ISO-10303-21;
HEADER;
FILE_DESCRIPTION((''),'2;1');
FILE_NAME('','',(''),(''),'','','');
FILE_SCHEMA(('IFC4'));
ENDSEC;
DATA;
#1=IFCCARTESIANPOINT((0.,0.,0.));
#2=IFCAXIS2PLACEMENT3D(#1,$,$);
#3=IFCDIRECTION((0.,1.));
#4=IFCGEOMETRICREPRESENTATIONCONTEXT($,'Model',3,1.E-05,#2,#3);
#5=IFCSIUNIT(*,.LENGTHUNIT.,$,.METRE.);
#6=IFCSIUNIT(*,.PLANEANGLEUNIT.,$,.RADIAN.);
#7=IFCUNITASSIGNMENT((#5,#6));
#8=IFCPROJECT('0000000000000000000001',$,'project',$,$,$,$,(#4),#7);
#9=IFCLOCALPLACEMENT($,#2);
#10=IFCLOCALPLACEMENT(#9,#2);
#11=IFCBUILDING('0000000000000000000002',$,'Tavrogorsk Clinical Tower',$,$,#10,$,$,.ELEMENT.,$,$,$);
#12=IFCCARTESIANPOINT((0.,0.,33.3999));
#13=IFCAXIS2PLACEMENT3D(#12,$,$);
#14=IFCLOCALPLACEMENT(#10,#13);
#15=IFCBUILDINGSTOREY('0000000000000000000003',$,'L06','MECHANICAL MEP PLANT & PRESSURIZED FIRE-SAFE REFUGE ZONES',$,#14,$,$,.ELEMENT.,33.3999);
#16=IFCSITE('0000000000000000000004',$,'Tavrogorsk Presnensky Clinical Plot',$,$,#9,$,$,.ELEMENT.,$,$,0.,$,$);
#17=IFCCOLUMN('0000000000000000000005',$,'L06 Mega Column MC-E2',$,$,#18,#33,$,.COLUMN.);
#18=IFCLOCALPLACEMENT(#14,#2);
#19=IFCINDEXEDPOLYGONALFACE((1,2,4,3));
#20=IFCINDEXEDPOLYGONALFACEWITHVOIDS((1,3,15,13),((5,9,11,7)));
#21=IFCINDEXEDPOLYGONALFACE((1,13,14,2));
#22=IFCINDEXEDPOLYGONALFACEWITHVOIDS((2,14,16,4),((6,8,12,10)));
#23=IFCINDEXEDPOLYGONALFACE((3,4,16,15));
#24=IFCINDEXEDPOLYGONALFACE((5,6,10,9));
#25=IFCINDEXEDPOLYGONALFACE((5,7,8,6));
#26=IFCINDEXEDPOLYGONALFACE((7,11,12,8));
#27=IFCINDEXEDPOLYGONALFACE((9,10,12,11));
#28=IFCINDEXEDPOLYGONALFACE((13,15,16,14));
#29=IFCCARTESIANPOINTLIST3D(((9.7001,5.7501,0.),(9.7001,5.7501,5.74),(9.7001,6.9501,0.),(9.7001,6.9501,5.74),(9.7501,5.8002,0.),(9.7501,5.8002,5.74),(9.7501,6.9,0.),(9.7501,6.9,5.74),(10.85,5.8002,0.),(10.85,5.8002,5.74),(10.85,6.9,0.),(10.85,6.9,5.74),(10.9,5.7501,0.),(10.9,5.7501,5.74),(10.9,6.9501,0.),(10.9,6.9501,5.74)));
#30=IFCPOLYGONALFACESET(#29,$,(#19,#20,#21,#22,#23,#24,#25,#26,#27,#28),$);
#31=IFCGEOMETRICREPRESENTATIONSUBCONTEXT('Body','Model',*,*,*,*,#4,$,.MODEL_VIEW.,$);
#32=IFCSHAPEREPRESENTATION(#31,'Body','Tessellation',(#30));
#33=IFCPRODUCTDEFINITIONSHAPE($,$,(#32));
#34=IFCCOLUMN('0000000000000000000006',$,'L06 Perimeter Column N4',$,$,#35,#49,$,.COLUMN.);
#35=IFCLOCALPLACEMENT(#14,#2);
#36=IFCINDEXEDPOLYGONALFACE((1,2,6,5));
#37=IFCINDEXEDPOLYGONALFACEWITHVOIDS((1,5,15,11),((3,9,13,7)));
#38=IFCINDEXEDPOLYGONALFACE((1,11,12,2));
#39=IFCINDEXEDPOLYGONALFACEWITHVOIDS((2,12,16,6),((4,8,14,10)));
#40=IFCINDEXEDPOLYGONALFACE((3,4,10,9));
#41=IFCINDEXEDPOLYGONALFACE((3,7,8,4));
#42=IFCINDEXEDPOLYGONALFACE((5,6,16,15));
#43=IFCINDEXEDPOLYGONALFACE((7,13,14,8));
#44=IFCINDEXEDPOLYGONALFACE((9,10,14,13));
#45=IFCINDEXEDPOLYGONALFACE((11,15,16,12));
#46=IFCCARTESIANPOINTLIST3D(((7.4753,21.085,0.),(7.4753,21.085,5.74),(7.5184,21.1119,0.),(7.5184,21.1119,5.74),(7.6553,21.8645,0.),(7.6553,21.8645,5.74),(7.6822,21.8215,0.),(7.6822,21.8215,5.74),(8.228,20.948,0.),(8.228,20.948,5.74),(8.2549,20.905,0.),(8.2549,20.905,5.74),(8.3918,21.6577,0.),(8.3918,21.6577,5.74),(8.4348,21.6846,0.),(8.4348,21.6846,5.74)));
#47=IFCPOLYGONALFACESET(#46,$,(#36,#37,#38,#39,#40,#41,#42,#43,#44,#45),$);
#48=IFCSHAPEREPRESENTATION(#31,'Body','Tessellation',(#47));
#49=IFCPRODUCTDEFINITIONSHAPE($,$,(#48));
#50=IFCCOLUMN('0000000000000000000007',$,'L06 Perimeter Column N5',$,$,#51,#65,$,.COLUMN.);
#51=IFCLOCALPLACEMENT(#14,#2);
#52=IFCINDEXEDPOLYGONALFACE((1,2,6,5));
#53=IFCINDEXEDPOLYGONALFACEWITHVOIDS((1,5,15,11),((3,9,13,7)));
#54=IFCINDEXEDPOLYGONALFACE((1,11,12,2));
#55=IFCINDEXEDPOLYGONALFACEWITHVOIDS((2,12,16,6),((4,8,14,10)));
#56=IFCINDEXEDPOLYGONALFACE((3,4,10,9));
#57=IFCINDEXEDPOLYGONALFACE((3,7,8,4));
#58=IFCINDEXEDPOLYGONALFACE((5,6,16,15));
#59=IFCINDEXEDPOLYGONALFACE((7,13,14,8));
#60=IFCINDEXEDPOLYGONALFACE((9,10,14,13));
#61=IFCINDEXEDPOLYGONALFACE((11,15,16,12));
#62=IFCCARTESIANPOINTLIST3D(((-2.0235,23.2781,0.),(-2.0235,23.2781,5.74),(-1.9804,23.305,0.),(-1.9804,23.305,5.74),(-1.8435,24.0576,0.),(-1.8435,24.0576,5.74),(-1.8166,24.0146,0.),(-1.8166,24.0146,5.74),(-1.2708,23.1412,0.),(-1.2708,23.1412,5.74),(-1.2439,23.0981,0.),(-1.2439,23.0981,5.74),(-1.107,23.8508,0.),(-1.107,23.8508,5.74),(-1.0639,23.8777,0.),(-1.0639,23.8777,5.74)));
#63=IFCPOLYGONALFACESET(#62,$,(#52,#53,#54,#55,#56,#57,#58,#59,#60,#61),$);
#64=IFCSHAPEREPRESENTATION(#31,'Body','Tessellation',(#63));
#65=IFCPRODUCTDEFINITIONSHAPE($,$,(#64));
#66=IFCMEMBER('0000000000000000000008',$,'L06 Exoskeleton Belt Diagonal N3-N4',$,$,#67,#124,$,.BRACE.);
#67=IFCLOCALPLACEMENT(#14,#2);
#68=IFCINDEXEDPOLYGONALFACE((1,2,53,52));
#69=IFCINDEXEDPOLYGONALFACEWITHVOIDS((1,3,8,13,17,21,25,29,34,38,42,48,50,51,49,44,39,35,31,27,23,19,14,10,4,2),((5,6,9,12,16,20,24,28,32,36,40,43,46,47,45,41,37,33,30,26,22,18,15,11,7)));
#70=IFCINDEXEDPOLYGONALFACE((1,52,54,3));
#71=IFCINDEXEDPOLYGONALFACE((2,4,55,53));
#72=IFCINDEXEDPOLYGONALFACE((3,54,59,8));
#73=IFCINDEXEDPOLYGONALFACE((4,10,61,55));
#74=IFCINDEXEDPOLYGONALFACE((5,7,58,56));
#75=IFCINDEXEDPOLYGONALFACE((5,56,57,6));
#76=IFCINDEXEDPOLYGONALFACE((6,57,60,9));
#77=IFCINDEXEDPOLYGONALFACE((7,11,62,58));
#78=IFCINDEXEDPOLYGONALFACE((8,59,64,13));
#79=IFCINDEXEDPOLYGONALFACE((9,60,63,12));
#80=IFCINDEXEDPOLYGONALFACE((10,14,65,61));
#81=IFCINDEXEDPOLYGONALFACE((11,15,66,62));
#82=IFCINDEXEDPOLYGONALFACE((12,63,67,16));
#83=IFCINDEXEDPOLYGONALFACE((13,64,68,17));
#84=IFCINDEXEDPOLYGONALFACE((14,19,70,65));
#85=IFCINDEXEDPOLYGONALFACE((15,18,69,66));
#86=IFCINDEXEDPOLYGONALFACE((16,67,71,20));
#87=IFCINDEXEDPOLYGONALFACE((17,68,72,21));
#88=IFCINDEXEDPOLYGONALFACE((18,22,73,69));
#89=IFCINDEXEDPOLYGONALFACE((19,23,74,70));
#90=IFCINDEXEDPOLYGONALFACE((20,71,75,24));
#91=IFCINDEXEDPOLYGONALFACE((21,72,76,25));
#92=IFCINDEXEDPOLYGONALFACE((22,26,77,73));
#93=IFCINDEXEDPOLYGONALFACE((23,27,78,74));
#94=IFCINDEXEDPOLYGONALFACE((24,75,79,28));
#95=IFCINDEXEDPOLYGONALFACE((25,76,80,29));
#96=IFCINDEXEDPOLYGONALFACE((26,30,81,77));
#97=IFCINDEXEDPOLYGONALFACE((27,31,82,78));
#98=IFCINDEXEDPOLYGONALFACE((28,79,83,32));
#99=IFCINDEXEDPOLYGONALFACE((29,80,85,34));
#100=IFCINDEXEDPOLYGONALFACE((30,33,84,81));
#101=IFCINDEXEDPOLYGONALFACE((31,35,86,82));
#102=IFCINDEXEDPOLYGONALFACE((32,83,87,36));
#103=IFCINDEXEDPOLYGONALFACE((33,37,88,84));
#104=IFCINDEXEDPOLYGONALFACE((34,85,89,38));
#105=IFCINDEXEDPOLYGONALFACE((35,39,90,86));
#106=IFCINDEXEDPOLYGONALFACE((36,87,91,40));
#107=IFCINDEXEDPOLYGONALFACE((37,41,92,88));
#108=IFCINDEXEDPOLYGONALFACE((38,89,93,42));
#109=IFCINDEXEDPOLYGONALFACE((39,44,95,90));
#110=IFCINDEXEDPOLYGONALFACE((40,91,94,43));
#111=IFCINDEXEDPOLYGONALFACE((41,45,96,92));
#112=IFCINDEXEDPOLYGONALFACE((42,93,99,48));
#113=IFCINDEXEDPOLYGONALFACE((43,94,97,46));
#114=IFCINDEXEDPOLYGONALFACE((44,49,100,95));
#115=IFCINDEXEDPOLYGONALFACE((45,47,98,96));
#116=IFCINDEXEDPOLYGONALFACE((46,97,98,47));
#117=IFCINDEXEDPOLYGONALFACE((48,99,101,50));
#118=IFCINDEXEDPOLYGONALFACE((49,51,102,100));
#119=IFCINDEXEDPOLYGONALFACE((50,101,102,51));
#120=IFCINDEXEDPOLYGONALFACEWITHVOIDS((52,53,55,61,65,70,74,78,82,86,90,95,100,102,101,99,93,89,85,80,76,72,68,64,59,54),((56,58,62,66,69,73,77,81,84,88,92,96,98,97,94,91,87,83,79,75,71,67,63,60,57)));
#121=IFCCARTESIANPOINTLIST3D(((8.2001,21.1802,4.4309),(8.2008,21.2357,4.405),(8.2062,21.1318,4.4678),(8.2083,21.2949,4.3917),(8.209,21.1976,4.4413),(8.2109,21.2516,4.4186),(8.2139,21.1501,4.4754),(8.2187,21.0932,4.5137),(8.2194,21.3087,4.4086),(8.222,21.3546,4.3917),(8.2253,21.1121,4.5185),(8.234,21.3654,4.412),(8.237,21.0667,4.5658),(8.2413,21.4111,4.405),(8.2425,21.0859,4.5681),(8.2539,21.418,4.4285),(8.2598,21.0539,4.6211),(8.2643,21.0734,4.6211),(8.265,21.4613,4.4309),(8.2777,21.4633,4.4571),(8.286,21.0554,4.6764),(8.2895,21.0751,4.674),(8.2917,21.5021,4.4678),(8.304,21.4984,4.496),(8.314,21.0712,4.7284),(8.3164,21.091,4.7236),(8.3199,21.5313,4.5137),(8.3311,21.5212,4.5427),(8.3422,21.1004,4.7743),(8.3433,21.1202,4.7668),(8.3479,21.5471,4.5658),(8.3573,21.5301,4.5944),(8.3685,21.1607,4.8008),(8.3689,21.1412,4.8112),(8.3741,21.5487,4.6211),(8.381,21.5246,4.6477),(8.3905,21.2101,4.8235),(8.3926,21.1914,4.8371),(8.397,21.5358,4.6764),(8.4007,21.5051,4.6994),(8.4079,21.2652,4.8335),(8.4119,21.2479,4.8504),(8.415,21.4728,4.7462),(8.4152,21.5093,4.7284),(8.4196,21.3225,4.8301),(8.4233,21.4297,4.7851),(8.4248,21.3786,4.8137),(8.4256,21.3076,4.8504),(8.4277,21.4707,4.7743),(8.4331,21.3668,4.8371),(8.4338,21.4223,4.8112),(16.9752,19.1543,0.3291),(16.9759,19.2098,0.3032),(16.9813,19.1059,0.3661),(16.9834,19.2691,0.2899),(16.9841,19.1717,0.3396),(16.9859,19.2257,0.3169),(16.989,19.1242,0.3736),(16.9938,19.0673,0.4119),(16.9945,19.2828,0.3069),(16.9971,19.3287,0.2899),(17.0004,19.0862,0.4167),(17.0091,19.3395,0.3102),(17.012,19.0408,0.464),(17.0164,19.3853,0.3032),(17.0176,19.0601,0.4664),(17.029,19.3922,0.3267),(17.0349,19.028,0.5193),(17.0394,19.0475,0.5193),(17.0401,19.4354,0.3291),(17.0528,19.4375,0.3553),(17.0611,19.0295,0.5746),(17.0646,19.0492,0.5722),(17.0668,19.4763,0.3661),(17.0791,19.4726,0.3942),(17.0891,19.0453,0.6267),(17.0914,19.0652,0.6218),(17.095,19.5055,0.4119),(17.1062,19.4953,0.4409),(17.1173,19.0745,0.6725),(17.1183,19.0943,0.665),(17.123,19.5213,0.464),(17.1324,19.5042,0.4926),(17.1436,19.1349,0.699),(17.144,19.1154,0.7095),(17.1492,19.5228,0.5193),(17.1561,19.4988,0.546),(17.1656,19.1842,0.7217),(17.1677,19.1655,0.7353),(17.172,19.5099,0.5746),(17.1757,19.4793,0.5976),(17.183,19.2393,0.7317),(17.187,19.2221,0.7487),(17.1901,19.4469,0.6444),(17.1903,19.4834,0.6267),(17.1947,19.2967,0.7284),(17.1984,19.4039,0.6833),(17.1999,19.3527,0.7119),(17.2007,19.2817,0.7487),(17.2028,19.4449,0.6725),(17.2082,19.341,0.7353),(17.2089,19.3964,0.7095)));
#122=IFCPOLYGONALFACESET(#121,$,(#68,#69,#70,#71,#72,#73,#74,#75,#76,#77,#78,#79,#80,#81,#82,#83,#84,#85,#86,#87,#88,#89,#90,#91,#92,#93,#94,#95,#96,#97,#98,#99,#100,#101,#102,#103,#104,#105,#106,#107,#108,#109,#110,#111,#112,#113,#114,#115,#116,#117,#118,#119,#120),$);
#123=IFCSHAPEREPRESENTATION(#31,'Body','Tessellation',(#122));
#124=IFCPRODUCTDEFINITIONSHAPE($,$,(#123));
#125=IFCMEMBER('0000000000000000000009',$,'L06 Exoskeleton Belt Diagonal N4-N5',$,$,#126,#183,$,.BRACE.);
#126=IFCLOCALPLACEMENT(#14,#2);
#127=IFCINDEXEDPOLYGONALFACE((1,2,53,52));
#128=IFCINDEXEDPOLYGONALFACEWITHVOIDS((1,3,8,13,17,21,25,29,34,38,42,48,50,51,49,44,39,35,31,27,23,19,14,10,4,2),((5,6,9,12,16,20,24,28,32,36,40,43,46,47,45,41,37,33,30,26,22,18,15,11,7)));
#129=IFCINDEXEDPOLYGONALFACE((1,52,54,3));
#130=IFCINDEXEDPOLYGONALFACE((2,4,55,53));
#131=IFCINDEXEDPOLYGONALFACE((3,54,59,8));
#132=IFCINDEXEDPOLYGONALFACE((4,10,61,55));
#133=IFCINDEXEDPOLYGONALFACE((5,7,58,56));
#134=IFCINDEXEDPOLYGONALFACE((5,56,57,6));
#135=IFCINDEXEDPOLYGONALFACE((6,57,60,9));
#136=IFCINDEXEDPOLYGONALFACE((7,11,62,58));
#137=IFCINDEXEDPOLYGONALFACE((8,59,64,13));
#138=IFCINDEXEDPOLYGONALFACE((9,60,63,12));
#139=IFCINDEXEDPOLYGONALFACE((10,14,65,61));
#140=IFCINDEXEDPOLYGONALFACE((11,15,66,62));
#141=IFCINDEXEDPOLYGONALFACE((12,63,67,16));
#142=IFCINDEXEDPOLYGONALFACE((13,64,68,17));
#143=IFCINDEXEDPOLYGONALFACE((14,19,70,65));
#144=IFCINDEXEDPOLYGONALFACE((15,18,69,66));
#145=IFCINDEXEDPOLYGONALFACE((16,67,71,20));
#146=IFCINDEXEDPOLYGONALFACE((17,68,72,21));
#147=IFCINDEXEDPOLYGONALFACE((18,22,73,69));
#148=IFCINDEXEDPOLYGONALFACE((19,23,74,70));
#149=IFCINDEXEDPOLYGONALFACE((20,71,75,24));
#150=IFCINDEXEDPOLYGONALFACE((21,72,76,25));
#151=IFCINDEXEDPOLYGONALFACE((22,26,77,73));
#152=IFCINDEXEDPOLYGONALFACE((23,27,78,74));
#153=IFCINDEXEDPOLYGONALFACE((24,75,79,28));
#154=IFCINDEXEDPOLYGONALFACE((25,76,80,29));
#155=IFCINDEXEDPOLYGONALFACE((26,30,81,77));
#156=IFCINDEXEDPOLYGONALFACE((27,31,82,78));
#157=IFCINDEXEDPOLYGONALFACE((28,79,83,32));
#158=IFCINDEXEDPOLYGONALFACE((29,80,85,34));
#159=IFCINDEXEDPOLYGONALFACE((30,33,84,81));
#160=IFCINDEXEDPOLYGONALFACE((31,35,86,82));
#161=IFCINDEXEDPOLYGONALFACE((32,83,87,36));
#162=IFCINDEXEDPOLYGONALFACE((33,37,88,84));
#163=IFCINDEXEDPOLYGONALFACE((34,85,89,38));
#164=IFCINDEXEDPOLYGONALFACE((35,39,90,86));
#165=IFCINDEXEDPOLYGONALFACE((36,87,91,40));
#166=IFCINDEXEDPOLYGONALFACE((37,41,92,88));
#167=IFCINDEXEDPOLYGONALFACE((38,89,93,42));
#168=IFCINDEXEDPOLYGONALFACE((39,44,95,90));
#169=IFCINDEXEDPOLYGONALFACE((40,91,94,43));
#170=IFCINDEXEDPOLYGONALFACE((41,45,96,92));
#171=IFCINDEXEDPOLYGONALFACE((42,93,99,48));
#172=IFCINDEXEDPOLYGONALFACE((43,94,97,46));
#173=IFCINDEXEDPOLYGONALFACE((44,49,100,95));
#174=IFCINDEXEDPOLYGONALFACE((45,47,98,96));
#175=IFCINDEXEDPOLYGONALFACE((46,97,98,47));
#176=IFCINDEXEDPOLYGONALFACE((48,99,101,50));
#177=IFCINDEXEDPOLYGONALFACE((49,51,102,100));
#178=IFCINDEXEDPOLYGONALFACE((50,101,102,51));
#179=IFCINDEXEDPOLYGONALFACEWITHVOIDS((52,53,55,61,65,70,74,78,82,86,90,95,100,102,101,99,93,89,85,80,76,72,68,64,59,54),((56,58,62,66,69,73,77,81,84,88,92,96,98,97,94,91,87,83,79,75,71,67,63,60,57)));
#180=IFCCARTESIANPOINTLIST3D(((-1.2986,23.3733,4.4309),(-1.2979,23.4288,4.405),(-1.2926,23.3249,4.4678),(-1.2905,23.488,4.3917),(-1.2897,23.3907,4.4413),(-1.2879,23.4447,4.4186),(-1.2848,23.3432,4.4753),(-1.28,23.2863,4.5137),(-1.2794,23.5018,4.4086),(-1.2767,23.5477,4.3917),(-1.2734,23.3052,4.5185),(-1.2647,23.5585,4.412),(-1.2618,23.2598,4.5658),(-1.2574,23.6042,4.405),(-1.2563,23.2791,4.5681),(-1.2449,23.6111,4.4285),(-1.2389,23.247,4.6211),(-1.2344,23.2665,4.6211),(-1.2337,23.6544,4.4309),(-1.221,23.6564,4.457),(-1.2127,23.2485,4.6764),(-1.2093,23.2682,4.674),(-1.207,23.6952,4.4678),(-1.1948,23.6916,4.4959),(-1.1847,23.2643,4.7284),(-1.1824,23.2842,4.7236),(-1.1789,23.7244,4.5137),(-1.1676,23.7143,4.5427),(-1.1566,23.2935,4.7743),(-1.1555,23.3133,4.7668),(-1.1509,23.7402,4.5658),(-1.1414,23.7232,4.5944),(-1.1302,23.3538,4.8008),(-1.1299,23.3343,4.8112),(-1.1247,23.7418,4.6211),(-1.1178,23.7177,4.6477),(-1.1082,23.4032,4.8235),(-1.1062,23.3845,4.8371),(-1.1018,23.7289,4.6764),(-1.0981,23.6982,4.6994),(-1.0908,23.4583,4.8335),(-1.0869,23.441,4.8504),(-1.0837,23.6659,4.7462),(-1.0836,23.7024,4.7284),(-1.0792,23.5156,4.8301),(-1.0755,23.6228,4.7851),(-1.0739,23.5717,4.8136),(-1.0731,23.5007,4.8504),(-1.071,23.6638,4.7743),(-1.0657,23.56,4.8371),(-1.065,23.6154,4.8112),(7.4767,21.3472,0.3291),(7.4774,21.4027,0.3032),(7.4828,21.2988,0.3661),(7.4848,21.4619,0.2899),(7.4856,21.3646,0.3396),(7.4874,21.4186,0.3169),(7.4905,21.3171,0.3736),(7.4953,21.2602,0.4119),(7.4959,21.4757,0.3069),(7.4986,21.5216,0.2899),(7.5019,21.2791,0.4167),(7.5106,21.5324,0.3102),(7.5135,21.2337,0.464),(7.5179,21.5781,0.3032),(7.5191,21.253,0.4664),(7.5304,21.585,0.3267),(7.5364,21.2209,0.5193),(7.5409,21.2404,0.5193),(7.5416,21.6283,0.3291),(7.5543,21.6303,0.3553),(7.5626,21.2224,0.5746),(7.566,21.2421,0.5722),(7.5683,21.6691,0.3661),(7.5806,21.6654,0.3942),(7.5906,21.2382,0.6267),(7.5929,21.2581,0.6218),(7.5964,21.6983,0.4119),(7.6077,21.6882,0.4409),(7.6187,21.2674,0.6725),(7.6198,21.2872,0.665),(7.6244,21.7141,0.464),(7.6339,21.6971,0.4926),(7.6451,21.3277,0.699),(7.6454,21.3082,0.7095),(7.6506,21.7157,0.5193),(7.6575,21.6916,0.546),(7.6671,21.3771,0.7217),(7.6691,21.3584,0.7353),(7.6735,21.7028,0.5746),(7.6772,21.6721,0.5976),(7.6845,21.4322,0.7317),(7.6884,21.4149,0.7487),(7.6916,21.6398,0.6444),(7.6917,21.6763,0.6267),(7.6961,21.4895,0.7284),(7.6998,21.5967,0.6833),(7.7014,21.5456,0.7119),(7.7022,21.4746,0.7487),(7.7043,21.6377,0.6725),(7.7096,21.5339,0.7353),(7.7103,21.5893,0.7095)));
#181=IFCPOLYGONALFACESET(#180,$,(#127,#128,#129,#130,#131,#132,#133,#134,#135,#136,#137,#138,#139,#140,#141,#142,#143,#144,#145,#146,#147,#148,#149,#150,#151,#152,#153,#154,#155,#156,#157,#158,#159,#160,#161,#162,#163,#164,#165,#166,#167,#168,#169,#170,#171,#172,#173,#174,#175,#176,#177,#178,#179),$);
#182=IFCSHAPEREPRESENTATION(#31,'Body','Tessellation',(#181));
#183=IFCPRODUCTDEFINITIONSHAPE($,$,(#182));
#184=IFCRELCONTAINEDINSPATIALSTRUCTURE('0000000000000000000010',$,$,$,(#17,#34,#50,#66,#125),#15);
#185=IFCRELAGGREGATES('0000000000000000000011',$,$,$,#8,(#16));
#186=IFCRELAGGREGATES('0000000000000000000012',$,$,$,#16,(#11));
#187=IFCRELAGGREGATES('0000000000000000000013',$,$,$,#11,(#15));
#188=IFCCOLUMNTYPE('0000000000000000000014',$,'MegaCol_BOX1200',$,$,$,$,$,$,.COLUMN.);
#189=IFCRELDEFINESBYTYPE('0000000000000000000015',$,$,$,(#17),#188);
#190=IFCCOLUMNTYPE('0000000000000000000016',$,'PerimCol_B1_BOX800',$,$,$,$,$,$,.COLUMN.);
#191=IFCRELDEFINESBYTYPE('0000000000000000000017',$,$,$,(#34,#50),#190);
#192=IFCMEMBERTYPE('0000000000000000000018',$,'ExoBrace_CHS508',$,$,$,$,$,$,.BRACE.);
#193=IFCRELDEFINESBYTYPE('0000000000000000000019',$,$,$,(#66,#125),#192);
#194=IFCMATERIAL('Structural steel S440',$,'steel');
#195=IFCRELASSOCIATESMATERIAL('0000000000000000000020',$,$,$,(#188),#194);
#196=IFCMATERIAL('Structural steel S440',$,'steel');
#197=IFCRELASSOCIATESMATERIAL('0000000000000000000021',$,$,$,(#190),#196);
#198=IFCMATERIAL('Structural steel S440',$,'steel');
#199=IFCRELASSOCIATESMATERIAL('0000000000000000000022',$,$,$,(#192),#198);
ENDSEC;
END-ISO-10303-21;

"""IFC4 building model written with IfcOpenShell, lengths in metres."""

from ifc_helpers import new_model, si_unit, direction, frame, origin, origin_2d, place, context, subcontext, project, spatial, hollow_rectangle, hollow_circle, extrude, material, material_profile, profile_set, type_object, element, save


model = new_model("IFC4")

# Units and contexts
model_context = context("Model", 3, precision=1e-05, world=origin(), true_north=direction((0.0, 1.0)))
body_context = subcontext(model_context, "Body", "Model", "MODEL_VIEW")
ifc_project = project(units=[si_unit("LENGTHUNIT", "METRE"), si_unit("PLANEANGLEUNIT", "RADIAN")], contexts=[model_context])

# Site, building, storey
site_placement = place(None, origin())
site = spatial("IfcSite", under=ifc_project, at=site_placement, Name="Tavrogorsk Presnensky Clinical Plot", CompositionType="ELEMENT", RefElevation=0.0)
building_placement = place(site_placement, origin())
building = spatial("IfcBuilding", under=site, at=building_placement, Name="Tavrogorsk Clinical Tower", CompositionType="ELEMENT")
storey_placement = place(building_placement, frame((0.0, 0.0, 33.3999)))
storey = spatial("IfcBuildingStorey", under=building, at=storey_placement, Name="L06", Description="MECHANICAL MEP PLANT & PRESSURIZED FIRE-SAFE REFUGE ZONES", CompositionType="ELEMENT", Elevation=33.3999)

# Columns
ifc_material_1 = material(Name="Structural steel S440", Category="steel")
ifc_material_profile_1 = material_profile(ifc_material_1, hollow_rectangle(XDim=1.2, YDim=1.2, WallThickness=0.05, at=origin_2d()), Name="BOX-1200x1200x50")
ifc_profile_set_1 = profile_set([ifc_material_profile_1], Name="Structural steel S440")
column_type_1 = type_object("IfcColumnType", Name="MegaCol_BOX1200", PredefinedType="COLUMN", material=ifc_profile_set_1)
column_placement = place(storey_placement, frame((10.3, 6.3501, 0.0), z_axis=(0.0, 0.0, 1.0), x_axis=(1.0, 0.0, 0.0)))
element("IfcColumn", 1, at=column_placement, inside=storey, type_object=column_type_1, Name="L06 Mega Column MC-E2", PredefinedType="COLUMN", context=body_context, shape_type="SweptSolid", body=[
    extrude(hollow_rectangle(XDim=1.2, YDim=1.2, WallThickness=0.05, at=origin_2d()), origin(), (0.0, 0.0, 1.0), 5.74),
])
ifc_material_2 = material(Name="Structural steel S440", Category="steel")
ifc_material_profile_2 = material_profile(ifc_material_2, hollow_rectangle(XDim=0.8, YDim=0.8, WallThickness=0.0359, at=origin_2d()), Name="BOX-800x800x36")
ifc_profile_set_2 = profile_set([ifc_material_profile_2], Name="Structural steel S440")
column_type_2 = type_object("IfcColumnType", Name="PerimCol_B1_BOX800", PredefinedType="COLUMN", material=ifc_profile_set_2)
for number, where, z_axis, x_axis, name in (
    (2, (7.9551, 21.3848, 0.0), (0.0, 0.0, 1.0), (0.97437, -0.224951, 0.0), "L06 Perimeter Column N4"),
    (3, (-1.5437, 23.5779, 0.0), (0.0, 0.0, 1.0), (0.97437, -0.224951, 0.0), "L06 Perimeter Column N5"),
):
    element("IfcColumn", number, at=place(storey_placement, frame(where, z_axis=z_axis, x_axis=x_axis)), inside=storey, type_object=column_type_2, Name=name, PredefinedType="COLUMN", context=body_context, shape_type="SweptSolid", body=[
        extrude(hollow_rectangle(XDim=0.8, YDim=0.8, WallThickness=0.0359, at=origin_2d()), origin(), (0.0, 0.0, 1.0), 5.74),
    ])

# Members
ifc_material_3 = material(Name="Structural steel S440", Category="steel")
ifc_material_profile_3 = material_profile(ifc_material_3, hollow_circle(Radius=0.2539, WallThickness=0.02, at=origin_2d()), Name="CHS-508x20")
ifc_profile_set_3 = profile_set([ifc_material_profile_3], Name="Structural steel S440")
member_type_1 = type_object("IfcMemberType", Name="ExoBrace_CHS508", PredefinedType="BRACE", material=ifc_profile_set_3)
member_1_placement = place(storey_placement, frame((17.092, 19.2754, 0.5193), z_axis=(-0.88673, 0.204716, 0.414488), x_axis=(-0.224949, -0.974371, 0.0)))
element("IfcMember", 4, at=member_1_placement, inside=storey, type_object=member_type_1, Name="L06 Exoskeleton Belt Diagonal N3-N4", PredefinedType="BRACE", context=body_context, shape_type="SweptSolid", body=[
    extrude(hollow_circle(Radius=0.2539, WallThickness=0.02, at=origin_2d()), origin(), (0.0, 0.0, 1.0), 9.896),
])
member_2_placement = place(storey_placement, frame((7.5935, 21.4683, 0.5193), z_axis=(-0.886731, 0.204735, 0.414477), x_axis=(-0.224968, -0.974366, 0.0)))
element("IfcMember", 5, at=member_2_placement, inside=storey, type_object=member_type_1, Name="L06 Exoskeleton Belt Diagonal N4-N5", PredefinedType="BRACE", context=body_context, shape_type="SweptSolid", body=[
    extrude(hollow_circle(Radius=0.2539, WallThickness=0.02, at=origin_2d()), origin(), (0.0, 0.0, 1.0), 9.8962),
])

save(model, "model.ifc")
